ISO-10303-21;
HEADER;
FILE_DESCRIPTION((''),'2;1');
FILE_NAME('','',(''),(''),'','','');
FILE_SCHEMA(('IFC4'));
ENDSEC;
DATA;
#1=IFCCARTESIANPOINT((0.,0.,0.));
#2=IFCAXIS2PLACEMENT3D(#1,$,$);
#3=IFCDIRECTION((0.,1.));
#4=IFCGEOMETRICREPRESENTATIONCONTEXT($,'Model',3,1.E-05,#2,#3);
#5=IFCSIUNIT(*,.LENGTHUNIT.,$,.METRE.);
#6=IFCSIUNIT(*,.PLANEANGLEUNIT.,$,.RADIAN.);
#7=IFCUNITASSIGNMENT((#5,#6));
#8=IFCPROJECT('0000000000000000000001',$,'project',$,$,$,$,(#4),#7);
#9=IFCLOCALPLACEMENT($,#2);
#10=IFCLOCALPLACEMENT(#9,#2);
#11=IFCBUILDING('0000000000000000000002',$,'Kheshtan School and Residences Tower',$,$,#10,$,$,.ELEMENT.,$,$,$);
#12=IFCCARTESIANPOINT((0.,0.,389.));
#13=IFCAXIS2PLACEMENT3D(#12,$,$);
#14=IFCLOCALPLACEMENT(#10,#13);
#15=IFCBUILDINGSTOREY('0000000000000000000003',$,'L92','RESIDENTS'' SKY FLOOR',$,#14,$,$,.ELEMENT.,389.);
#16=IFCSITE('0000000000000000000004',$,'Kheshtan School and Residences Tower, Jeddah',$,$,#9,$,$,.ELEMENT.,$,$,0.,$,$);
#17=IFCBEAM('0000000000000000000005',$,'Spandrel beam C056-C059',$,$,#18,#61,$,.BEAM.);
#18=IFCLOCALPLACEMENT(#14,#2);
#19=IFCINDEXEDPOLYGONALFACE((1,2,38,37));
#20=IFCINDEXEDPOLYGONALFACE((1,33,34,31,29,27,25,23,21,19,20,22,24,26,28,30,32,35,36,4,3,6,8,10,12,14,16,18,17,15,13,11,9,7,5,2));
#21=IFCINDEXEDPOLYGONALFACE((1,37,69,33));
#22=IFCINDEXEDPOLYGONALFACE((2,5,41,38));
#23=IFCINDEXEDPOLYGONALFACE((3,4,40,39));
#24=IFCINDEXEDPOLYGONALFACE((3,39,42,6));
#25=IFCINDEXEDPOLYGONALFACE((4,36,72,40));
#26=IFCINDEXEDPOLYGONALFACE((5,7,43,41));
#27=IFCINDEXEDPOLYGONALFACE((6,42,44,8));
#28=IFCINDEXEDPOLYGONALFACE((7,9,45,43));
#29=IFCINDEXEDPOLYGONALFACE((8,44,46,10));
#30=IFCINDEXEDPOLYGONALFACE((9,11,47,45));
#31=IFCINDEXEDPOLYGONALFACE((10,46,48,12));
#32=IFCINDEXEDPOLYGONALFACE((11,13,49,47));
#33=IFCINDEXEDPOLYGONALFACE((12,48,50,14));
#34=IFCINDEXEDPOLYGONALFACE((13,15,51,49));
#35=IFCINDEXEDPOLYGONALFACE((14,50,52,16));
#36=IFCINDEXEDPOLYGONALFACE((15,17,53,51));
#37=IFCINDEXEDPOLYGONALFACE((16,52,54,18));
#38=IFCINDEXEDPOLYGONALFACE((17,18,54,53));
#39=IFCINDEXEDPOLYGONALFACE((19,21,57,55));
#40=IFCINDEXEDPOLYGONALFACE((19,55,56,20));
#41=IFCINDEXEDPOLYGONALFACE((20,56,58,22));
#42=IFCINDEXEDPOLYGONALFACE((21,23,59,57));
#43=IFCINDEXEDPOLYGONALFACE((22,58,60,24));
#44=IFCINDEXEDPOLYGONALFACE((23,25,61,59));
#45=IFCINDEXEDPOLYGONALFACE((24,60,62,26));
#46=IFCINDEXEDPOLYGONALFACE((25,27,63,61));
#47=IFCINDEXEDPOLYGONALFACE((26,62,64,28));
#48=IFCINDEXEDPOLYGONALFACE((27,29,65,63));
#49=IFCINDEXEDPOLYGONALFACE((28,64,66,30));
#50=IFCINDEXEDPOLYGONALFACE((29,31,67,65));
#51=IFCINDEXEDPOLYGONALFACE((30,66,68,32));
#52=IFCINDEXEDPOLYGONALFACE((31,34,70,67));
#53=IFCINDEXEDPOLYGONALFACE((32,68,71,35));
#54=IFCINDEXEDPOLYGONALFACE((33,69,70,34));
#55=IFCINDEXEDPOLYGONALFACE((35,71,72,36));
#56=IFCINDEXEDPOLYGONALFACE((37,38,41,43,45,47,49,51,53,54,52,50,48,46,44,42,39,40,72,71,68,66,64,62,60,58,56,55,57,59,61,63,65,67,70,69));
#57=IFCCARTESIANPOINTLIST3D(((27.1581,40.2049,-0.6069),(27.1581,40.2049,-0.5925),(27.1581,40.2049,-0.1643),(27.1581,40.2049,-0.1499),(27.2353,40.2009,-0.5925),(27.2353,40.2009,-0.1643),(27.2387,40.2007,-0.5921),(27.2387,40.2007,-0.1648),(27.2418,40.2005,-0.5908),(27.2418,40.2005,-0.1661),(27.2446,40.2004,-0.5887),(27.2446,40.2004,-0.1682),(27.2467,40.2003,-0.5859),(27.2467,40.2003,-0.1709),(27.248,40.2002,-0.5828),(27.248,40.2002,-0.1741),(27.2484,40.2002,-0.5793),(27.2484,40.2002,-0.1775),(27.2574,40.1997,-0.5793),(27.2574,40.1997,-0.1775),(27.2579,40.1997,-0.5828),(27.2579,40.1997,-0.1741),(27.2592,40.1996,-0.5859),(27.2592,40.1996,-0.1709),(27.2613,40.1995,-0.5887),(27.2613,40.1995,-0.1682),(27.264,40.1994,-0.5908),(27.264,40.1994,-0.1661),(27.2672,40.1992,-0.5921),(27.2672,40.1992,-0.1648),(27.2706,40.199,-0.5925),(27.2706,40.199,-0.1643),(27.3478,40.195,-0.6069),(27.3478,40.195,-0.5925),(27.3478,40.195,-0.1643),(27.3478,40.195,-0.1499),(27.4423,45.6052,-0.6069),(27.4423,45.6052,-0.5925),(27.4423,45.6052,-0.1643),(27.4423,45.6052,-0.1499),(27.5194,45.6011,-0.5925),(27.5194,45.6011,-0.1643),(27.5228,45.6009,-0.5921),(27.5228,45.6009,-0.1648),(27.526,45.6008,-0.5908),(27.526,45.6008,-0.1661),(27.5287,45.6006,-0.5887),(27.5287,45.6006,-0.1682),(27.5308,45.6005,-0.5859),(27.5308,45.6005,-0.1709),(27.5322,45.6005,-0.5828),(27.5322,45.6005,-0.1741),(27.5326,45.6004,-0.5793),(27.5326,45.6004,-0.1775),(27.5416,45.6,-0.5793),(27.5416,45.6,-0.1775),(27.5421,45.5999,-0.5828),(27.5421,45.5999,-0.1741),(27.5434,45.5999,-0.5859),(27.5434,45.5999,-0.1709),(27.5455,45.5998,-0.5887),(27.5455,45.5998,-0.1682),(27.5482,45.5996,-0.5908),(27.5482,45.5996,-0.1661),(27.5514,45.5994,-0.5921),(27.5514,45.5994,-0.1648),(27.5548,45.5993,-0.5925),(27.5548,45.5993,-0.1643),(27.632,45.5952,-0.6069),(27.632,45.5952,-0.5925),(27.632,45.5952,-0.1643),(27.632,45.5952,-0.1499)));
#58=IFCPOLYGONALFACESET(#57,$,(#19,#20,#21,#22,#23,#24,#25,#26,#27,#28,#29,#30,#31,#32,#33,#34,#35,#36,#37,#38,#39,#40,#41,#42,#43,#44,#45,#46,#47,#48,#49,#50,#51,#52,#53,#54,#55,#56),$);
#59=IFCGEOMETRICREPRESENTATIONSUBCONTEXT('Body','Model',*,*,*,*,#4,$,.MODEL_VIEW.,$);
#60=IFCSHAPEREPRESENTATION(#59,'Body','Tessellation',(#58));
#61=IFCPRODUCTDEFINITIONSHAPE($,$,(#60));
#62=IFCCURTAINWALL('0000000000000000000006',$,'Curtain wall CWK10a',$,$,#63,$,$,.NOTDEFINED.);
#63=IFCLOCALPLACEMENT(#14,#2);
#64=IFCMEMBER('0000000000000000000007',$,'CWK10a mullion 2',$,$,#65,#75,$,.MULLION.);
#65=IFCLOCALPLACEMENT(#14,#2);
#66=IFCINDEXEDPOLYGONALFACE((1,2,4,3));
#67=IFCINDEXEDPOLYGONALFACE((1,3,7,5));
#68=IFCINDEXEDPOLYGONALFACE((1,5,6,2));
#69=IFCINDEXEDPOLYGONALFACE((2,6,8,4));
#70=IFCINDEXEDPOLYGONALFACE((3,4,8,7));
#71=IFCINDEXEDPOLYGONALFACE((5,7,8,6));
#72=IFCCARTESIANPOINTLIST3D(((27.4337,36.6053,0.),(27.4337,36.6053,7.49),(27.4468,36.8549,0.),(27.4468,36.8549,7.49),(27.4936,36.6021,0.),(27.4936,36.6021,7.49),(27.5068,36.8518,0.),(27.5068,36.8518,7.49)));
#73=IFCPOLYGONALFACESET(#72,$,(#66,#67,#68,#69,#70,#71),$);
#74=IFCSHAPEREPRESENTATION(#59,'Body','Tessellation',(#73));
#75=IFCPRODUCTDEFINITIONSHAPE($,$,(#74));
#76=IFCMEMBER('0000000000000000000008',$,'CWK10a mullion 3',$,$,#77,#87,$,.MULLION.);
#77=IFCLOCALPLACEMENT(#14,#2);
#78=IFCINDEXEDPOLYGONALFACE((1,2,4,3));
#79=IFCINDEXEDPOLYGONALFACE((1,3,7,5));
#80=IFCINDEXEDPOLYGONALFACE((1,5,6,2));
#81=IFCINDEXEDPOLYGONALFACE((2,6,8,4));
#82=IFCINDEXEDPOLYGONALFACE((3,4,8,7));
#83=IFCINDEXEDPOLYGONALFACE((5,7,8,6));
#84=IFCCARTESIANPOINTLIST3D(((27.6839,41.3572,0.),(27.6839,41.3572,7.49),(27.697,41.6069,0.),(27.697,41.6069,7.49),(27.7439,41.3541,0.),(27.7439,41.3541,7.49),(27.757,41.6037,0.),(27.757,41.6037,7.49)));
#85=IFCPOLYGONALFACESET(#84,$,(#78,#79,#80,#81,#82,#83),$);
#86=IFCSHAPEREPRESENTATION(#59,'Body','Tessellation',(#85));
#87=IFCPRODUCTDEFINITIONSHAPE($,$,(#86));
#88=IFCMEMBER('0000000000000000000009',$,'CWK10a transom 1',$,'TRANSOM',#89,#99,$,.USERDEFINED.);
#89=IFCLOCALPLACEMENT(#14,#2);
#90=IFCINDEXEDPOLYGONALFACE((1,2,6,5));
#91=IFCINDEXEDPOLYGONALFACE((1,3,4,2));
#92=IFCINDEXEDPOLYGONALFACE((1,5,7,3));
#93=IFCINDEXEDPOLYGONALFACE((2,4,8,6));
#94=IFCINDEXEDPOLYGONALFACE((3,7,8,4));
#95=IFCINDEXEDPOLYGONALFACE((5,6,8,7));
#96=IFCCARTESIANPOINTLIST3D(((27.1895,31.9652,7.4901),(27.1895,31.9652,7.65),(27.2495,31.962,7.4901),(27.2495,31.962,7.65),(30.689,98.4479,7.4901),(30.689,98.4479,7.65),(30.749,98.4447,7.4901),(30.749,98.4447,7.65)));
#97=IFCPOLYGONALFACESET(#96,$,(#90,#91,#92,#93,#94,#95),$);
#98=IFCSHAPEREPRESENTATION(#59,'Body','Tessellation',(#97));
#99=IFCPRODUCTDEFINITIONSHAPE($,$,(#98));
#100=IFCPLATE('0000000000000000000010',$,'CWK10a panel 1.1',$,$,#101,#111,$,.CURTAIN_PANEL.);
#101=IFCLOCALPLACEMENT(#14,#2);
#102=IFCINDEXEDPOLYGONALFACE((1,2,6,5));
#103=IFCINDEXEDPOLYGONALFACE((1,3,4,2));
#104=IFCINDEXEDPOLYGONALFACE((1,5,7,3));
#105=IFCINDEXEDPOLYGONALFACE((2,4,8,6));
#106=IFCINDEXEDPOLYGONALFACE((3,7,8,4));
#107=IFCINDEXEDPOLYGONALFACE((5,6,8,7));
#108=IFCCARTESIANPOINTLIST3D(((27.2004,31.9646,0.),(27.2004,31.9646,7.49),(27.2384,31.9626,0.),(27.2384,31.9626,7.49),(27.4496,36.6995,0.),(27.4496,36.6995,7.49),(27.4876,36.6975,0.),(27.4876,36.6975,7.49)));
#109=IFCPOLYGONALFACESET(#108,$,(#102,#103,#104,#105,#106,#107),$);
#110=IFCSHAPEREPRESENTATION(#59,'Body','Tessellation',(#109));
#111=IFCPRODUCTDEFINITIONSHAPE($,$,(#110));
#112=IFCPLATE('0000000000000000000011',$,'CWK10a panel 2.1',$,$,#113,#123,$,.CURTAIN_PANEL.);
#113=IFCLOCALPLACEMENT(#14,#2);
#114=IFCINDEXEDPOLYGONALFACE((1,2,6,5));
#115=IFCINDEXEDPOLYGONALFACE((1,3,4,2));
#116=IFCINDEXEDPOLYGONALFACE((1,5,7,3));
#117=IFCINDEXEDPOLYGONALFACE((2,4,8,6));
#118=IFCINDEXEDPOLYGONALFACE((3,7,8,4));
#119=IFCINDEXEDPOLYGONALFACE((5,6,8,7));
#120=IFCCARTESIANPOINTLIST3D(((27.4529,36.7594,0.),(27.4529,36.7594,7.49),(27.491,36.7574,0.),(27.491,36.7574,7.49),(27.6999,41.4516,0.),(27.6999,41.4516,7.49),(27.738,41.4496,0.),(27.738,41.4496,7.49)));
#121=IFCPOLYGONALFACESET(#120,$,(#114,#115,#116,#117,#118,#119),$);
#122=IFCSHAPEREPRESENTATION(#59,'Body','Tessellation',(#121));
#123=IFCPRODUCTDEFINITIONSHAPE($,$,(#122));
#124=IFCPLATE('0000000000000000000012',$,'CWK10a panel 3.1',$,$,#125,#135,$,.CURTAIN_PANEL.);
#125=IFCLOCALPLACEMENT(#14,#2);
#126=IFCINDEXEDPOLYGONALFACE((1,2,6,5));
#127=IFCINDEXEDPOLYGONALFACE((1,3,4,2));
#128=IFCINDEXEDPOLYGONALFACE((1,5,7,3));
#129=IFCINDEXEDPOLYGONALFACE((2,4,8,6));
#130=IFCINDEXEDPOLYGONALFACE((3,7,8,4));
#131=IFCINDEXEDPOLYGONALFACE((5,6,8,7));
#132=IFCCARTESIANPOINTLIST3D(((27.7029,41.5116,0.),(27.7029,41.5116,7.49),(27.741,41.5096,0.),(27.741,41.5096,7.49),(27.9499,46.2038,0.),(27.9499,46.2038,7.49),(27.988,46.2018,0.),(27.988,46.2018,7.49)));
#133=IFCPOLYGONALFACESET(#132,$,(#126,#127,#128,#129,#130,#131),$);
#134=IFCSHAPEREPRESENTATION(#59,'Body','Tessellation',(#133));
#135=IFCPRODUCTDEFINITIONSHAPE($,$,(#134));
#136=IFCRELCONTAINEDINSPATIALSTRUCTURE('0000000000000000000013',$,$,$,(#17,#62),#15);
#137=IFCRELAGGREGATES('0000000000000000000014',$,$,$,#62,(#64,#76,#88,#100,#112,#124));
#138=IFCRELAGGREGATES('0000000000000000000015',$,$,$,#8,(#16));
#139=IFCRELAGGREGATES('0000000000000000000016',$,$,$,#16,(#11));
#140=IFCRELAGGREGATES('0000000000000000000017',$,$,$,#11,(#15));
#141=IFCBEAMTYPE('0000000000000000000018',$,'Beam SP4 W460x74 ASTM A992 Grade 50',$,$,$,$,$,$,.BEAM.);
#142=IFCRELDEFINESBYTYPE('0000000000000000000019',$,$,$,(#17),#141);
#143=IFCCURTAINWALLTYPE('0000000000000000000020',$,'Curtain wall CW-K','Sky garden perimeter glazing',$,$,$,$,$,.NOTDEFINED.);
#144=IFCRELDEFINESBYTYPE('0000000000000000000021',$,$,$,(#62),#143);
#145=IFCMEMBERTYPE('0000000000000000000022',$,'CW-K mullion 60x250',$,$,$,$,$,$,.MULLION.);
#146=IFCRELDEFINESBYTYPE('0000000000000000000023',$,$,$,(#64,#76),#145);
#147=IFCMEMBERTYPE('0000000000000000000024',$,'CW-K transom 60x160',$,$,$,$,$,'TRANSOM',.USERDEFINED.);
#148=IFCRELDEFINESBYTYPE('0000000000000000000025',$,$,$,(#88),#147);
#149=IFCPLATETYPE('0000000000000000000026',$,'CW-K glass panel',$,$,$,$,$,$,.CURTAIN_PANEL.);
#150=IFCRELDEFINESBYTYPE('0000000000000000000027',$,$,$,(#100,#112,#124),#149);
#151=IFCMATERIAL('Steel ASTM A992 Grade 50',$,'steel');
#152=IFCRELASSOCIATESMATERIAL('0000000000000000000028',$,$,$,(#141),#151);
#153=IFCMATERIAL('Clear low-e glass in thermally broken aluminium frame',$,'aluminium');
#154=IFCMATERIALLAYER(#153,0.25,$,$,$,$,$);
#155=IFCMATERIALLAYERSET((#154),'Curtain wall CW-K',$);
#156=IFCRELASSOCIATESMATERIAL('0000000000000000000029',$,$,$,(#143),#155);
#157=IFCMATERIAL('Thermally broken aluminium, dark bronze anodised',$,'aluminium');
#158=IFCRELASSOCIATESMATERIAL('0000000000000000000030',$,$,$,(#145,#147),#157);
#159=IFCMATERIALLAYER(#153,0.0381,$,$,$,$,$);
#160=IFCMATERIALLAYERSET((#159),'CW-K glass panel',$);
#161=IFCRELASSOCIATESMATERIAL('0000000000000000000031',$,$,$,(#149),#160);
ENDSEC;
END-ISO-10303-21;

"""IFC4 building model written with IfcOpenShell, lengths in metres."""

from ifc_helpers import new_model, si_unit, direction, frame, origin, origin_2d, place, context, subcontext, project, spatial, rectangle, i_section, extrude, material, layer, layer_set, material_profile, profile_set, type_object, element, aggregate, save


model = new_model("IFC4")

# Units and contexts
model_context = context("Model", 3, precision=1e-05, world=origin(), true_north=direction((0.0, 1.0)))
body_context = subcontext(model_context, "Body", "Model", "MODEL_VIEW")
ifc_project = project(units=[si_unit("LENGTHUNIT", "METRE"), si_unit("PLANEANGLEUNIT", "RADIAN")], contexts=[model_context])

# Site, building, storey
site_placement = place(None, origin())
site = spatial("IfcSite", under=ifc_project, at=site_placement, Name="Kheshtan School and Residences Tower, Jeddah", CompositionType="ELEMENT", RefElevation=0.0)
building_placement = place(site_placement, origin())
building = spatial("IfcBuilding", under=site, at=building_placement, Name="Kheshtan School and Residences Tower", CompositionType="ELEMENT")
storey_placement = place(building_placement, frame((0.0, 0.0, 389.0)))
storey = spatial("IfcBuildingStorey", under=building, at=storey_placement, Name="L92", Description="RESIDENTS' SKY FLOOR", CompositionType="ELEMENT", Elevation=389.0)

# Shared definitions
ifc_material_1 = material(Name="Steel ASTM A992 Grade 50", Category="steel")

# Beam
ifc_material_profile_1 = material_profile(ifc_material_1, i_section(OverallWidth=0.1899, OverallDepth=0.457, WebThickness=0.009, FlangeThickness=0.0144, FilletRadius=0.0132, at=origin_2d()), Name="W460x74")
ifc_profile_set_1 = profile_set([ifc_material_profile_1], Name="Steel ASTM A992 Grade 50")
beam_type_1 = type_object("IfcBeamType", Name="Beam SP4 W460x74 ASTM A992 Grade 50", PredefinedType="BEAM", material=ifc_profile_set_1)
beam_1_placement = place(storey_placement, frame((27.2529, 40.2, -0.3784), z_axis=(0.052552, 0.998618, 0.0), x_axis=(-0.998618, 0.052552, 0.0)))
element("IfcBeam", 1, at=beam_1_placement, inside=storey, type_object=beam_type_1, Name="Spandrel beam C056-C059", PredefinedType="BEAM", context=body_context, shape_type="SweptSolid", body=[
    extrude(i_section(OverallWidth=0.1899, OverallDepth=0.457, WebThickness=0.009, FlangeThickness=0.0144, FilletRadius=0.0132, at=origin_2d()), origin(), (0.0, 0.0, 1.0), 5.4077),
])

# Curtain wall, members, plates
ifc_material_2 = material(Name="Clear low-e glass in thermally broken aluminium frame", Category="aluminium")
ifc_layer_1 = layer(ifc_material_2, 0.25)
ifc_layer_set_1 = layer_set([ifc_layer_1], Name="Curtain wall CW-K")
curtain_wall_type = type_object("IfcCurtainWallType", Name="Curtain wall CW-K", Description="Sky garden perimeter glazing", PredefinedType="NOTDEFINED", material=ifc_layer_set_1)
curtain_wall_placement = place(storey_placement, origin())
curtain_wall = element("IfcCurtainWall", 2, at=curtain_wall_placement, inside=storey, type_object=curtain_wall_type, Name="Curtain wall CWK10a", PredefinedType="NOTDEFINED")
ifc_material_3 = material(Name="Thermally broken aluminium, dark bronze anodised", Category="aluminium")
ifc_material_profile_2 = material_profile(ifc_material_3, rectangle(XDim=0.0601, YDim=0.25, at=origin_2d()), Name="CW-K mullion 60x250")
ifc_profile_set_2 = profile_set([ifc_material_profile_2], Name="Thermally broken aluminium, dark bronze anodised")
member_type_1 = type_object("IfcMemberType", Name="CW-K mullion 60x250", PredefinedType="MULLION", material=ifc_profile_set_2)
member_1_placement = place(storey_placement, frame((27.4702, 36.7285, 0.0), z_axis=(0.0, 0.0, 1.0), x_axis=(-0.998617, 0.052565, 0.0)))
member_1 = element("IfcMember", 3, at=member_1_placement, type_object=member_type_1, Name="CWK10a mullion 2", PredefinedType="MULLION", context=body_context, shape_type="SweptSolid", body=[
    extrude(rectangle(XDim=0.0601, YDim=0.25, at=origin_2d()), origin(), (0.0, 0.0, 1.0), 7.49),
])
member_2_placement = place(storey_placement, frame((27.7205, 41.4805, 0.0), z_axis=(0.0, 0.0, 1.0), x_axis=(-0.998617, 0.052565, 0.0)))
member_2 = element("IfcMember", 4, at=member_2_placement, type_object=member_type_1, Name="CWK10a mullion 3", PredefinedType="MULLION", context=body_context, shape_type="SweptSolid", body=[
    extrude(rectangle(XDim=0.0601, YDim=0.25, at=origin_2d()), origin(), (0.0, 0.0, 1.0), 7.49),
])
ifc_material_profile_3 = material_profile(ifc_material_3, rectangle(XDim=0.0601, YDim=0.1599, at=origin_2d()), Name="CW-K transom 60x160")
ifc_profile_set_3 = profile_set([ifc_material_profile_3], Name="Thermally broken aluminium, dark bronze anodised")
member_type_2 = type_object("IfcMemberType", Name="CW-K transom 60x160", ElementType="TRANSOM", PredefinedType="USERDEFINED", material=ifc_profile_set_3)
member_3_placement = place(storey_placement, frame((27.2195, 31.9636, 7.5701), z_axis=(0.052565, 0.998617, 0.0), x_axis=(-0.998617, 0.052565, 0.0)))
member_3 = element("IfcMember", 5, at=member_3_placement, type_object=member_type_2, Name="CWK10a transom 1", ObjectType="TRANSOM", PredefinedType="USERDEFINED", context=body_context, shape_type="SweptSolid", body=[
    extrude(rectangle(XDim=0.0601, YDim=0.1599, at=origin_2d()), origin(), (0.0, 0.0, 1.0), 66.5747),
])
ifc_layer_2 = layer(ifc_material_2, 0.0381)
ifc_layer_set_2 = layer_set([ifc_layer_2], Name="CW-K glass panel")
plate_type = type_object("IfcPlateType", Name="CW-K glass panel", PredefinedType="CURTAIN_PANEL", material=ifc_layer_set_2)
plate_1_placement = place(storey_placement, frame((27.344, 34.3311, 0.0), z_axis=(0.0, 0.0, 1.0), x_axis=(0.052565, 0.998617, 0.0)))
plate_1 = element("IfcPlate", 6, at=plate_1_placement, type_object=plate_type, Name="CWK10a panel 1.1", PredefinedType="CURTAIN_PANEL", context=body_context, shape_type="SweptSolid", body=[
    extrude(rectangle(XDim=4.7415, YDim=0.0381, at=origin_2d()), origin(), (0.0, 0.0, 1.0), 7.49),
])
plate_2_placement = place(storey_placement, frame((27.5955, 39.1045, 0.0), z_axis=(0.0, 0.0, 1.0), x_axis=(0.052565, 0.998617, 0.0)))
plate_2 = element("IfcPlate", 7, at=plate_2_placement, type_object=plate_type, Name="CWK10a panel 2.1", PredefinedType="CURTAIN_PANEL", context=body_context, shape_type="SweptSolid", body=[
    extrude(rectangle(XDim=4.6987, YDim=0.0381, at=origin_2d()), origin(), (0.0, 0.0, 1.0), 7.49),
])
plate_3_placement = place(storey_placement, frame((27.8455, 43.8567, 0.0), z_axis=(0.0, 0.0, 1.0), x_axis=(0.052565, 0.998617, 0.0)))
plate_3 = element("IfcPlate", 8, at=plate_3_placement, type_object=plate_type, Name="CWK10a panel 3.1", PredefinedType="CURTAIN_PANEL", context=body_context, shape_type="SweptSolid", body=[
    extrude(rectangle(XDim=4.6987, YDim=0.0381, at=origin_2d()), origin(), (0.0, 0.0, 1.0), 7.49),
])
aggregate(curtain_wall, [member_1, member_2, member_3, plate_1, plate_2, plate_3])

save(model, "model.ifc")
